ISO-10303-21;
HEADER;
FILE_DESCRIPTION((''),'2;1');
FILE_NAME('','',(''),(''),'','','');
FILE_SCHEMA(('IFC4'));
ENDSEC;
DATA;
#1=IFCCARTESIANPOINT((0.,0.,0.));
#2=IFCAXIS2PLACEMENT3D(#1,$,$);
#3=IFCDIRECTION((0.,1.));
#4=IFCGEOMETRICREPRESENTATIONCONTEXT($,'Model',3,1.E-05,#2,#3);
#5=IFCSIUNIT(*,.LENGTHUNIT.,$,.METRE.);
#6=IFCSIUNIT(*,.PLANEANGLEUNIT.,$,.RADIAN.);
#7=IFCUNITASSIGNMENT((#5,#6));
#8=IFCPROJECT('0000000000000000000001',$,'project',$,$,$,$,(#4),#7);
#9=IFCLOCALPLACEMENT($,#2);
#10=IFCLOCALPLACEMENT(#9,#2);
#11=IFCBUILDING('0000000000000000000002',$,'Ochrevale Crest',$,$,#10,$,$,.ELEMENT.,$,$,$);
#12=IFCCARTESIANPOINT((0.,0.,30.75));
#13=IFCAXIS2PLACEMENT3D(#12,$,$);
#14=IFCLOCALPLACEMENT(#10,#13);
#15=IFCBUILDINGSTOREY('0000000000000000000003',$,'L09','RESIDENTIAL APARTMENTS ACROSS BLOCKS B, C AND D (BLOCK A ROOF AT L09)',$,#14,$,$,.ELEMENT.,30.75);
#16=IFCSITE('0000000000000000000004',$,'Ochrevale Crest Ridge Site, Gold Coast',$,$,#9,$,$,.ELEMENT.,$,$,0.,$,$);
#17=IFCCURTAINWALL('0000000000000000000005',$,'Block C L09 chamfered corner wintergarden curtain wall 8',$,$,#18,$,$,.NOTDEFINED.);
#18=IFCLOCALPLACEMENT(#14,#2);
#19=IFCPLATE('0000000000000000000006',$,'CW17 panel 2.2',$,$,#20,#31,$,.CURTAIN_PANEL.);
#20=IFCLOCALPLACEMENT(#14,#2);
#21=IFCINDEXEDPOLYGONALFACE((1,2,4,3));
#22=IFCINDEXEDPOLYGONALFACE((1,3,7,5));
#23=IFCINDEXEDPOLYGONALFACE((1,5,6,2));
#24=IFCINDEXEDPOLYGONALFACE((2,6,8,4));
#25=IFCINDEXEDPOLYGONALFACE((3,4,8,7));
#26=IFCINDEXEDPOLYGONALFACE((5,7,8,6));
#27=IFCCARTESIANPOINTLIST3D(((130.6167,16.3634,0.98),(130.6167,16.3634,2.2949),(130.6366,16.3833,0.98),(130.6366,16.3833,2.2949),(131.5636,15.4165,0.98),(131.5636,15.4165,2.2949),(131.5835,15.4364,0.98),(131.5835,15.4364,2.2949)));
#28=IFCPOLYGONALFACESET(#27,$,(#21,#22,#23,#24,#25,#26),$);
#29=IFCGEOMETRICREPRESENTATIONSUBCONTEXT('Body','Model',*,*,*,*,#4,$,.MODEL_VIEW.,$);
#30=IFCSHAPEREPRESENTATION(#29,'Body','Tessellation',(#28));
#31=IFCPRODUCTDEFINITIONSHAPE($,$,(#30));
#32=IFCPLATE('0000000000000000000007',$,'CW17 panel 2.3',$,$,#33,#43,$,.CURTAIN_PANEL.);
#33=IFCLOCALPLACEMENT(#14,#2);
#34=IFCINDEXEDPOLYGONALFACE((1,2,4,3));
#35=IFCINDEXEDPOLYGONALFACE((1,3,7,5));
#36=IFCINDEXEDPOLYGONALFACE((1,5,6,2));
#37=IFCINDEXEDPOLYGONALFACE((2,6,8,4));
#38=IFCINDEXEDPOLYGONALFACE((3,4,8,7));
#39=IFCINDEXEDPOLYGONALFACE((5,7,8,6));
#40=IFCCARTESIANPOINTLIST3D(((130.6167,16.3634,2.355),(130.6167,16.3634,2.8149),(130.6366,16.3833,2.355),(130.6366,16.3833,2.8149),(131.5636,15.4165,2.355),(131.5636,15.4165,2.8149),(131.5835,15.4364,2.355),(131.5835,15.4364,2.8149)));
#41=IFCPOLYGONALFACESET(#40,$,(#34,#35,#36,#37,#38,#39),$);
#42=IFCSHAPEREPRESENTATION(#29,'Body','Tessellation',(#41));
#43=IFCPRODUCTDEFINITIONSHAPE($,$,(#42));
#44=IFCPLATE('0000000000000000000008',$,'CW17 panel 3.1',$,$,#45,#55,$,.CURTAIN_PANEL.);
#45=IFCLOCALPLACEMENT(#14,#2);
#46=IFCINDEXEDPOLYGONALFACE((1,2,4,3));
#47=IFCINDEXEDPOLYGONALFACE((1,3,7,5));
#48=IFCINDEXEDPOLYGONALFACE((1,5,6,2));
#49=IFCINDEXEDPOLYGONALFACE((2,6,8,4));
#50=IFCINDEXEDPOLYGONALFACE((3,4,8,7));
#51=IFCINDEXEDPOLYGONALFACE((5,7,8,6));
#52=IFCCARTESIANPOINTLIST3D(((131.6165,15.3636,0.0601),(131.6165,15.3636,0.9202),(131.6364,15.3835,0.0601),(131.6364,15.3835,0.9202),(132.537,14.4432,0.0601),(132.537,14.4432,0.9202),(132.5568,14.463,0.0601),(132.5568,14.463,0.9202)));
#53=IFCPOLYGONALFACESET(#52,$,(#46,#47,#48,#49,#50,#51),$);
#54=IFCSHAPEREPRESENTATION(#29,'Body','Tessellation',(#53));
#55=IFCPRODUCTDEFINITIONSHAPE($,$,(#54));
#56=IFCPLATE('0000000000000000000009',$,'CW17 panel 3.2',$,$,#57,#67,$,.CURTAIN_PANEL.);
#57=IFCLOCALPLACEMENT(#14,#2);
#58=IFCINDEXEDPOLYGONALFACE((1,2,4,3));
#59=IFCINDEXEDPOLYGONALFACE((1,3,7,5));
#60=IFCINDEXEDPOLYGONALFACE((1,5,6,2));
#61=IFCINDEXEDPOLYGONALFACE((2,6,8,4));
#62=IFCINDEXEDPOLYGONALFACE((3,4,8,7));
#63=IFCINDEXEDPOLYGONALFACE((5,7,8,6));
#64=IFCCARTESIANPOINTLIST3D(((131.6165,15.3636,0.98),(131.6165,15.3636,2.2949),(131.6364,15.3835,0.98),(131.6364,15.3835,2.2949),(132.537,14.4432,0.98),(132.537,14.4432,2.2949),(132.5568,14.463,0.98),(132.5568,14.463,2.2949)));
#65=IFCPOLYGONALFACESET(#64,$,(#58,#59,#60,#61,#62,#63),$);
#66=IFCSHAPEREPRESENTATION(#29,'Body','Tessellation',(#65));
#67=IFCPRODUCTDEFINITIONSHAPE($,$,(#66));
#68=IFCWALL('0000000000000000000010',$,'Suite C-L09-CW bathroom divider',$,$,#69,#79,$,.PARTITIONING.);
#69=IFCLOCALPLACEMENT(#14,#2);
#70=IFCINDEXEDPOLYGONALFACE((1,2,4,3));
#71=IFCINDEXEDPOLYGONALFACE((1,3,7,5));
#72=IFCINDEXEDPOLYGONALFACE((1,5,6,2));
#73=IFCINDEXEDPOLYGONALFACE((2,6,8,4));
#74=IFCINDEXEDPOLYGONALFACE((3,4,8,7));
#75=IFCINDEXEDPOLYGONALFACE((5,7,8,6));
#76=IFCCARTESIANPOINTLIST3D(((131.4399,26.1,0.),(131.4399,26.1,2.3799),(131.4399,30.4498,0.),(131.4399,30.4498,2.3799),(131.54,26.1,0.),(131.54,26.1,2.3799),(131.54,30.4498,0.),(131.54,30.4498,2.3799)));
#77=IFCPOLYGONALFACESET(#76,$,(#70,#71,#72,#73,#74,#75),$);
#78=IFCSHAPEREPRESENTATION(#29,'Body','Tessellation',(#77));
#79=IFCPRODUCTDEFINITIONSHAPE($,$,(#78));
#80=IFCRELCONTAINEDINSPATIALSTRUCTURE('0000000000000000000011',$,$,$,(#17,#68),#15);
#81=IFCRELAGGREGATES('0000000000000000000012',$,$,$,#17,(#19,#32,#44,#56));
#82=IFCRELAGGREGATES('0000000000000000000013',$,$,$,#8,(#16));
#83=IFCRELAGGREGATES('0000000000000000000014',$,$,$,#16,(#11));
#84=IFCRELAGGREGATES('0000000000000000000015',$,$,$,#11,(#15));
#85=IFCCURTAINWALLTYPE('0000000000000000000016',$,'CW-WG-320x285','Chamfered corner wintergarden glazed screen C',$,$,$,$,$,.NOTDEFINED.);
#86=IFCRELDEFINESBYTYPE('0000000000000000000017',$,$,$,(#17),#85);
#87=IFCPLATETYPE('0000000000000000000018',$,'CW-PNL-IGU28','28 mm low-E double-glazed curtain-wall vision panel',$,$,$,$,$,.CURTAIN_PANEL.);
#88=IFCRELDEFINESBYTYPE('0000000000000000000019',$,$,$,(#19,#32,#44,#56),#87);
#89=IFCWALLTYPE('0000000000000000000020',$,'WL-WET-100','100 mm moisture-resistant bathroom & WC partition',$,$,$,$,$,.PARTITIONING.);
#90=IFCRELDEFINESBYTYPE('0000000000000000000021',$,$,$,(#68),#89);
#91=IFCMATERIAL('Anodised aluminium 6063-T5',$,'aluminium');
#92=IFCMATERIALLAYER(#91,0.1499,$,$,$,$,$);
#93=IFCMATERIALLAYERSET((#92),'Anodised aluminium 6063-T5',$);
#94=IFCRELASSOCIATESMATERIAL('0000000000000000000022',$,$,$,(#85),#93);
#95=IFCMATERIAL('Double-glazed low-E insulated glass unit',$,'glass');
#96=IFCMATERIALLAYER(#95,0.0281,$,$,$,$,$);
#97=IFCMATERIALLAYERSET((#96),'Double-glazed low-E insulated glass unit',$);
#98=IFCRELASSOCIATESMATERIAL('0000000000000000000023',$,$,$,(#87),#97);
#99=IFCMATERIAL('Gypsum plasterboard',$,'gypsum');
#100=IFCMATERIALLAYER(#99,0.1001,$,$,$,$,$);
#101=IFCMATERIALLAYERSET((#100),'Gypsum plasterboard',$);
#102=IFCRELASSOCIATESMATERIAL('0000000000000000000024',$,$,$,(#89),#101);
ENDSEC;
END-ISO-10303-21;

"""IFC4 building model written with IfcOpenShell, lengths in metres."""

from ifc_helpers import new_model, si_unit, direction, frame, frame_2d, origin, origin_2d, place, context, subcontext, project, spatial, rectangle, extrude, material, layer, layer_set, type_object, element, aggregate, save


model = new_model("IFC4")

# Units and contexts
model_context = context("Model", 3, precision=1e-05, world=origin(), true_north=direction((0.0, 1.0)))
body_context = subcontext(model_context, "Body", "Model", "MODEL_VIEW")
ifc_project = project(units=[si_unit("LENGTHUNIT", "METRE"), si_unit("PLANEANGLEUNIT", "RADIAN")], contexts=[model_context])

# Site, building, storey
site_placement = place(None, origin())
site = spatial("IfcSite", under=ifc_project, at=site_placement, Name="Ochrevale Crest Ridge Site, Gold Coast", CompositionType="ELEMENT", RefElevation=0.0)
building_placement = place(site_placement, origin())
building = spatial("IfcBuilding", under=site, at=building_placement, Name="Ochrevale Crest", CompositionType="ELEMENT")
storey_placement = place(building_placement, frame((0.0, 0.0, 30.75)))
storey = spatial("IfcBuildingStorey", under=building, at=storey_placement, Name="L09", Description="RESIDENTIAL APARTMENTS ACROSS BLOCKS B, C AND D (BLOCK A ROOF AT L09)", CompositionType="ELEMENT", Elevation=30.75)

# Curtain wall
ifc_material_1 = material(Name="Anodised aluminium 6063-T5", Category="aluminium")
ifc_layer_1 = layer(ifc_material_1, 0.1499)
ifc_layer_set_1 = layer_set([ifc_layer_1], Name="Anodised aluminium 6063-T5")
curtain_wall_type_1 = type_object("IfcCurtainWallType", Name="CW-WG-320x285", Description="Chamfered corner wintergarden glazed screen C", PredefinedType="NOTDEFINED", material=ifc_layer_set_1)
curtain_wall_1_placement = place(storey_placement, origin())
curtain_wall_1 = element("IfcCurtainWall", 1, at=curtain_wall_1_placement, inside=storey, type_object=curtain_wall_type_1, Name="Block C L09 chamfered corner wintergarden curtain wall 8", PredefinedType="NOTDEFINED")

# Plates
ifc_material_2 = material(Name="Double-glazed low-E insulated glass unit", Category="glass")
ifc_layer_2 = layer(ifc_material_2, 0.0281)
ifc_layer_set_2 = layer_set([ifc_layer_2], Name="Double-glazed low-E insulated glass unit")
plate_type = type_object("IfcPlateType", Name="CW-PNL-IGU28", Description="28 mm low-E double-glazed curtain-wall vision panel", PredefinedType="CURTAIN_PANEL", material=ifc_layer_set_2)
plate_1_placement = place(storey_placement, frame((131.1001, 15.8999, 0.98), z_axis=(0.0, 0.0, 1.0), x_axis=(0.707107, -0.707107, 0.0)))
plate_1 = element("IfcPlate", 2, at=plate_1_placement, type_object=plate_type, Name="CW17 panel 2.2", PredefinedType="CURTAIN_PANEL", context=body_context, shape_type="SweptSolid", body=[
    extrude(rectangle(XDim=1.3391, YDim=0.0281, at=origin_2d()), origin(), (0.0, 0.0, 1.0), 1.3149),
])
plate_2_placement = place(storey_placement, frame((131.1001, 15.8999, 2.355), z_axis=(0.0, 0.0, 1.0), x_axis=(0.707107, -0.707107, 0.0)))
plate_2 = element("IfcPlate", 3, at=plate_2_placement, type_object=plate_type, Name="CW17 panel 2.3", PredefinedType="CURTAIN_PANEL", context=body_context, shape_type="SweptSolid", body=[
    extrude(rectangle(XDim=1.3391, YDim=0.0281, at=origin_2d()), origin(), (0.0, 0.0, 1.0), 0.46),
])
plate_3_placement = place(storey_placement, frame((132.0867, 14.9133, 0.0601), z_axis=(0.0, 0.0, 1.0), x_axis=(0.707107, -0.707107, 0.0)))
plate_3 = element("IfcPlate", 4, at=plate_3_placement, type_object=plate_type, Name="CW17 panel 3.1", PredefinedType="CURTAIN_PANEL", context=body_context, shape_type="SweptSolid", body=[
    extrude(rectangle(XDim=1.3018, YDim=0.0281, at=origin_2d()), origin(), (0.0, 0.0, 1.0), 0.8601),
])
plate_4_placement = place(storey_placement, frame((132.0867, 14.9133, 0.98), z_axis=(0.0, 0.0, 1.0), x_axis=(0.707107, -0.707107, 0.0)))
plate_4 = element("IfcPlate", 5, at=plate_4_placement, type_object=plate_type, Name="CW17 panel 3.2", PredefinedType="CURTAIN_PANEL", context=body_context, shape_type="SweptSolid", body=[
    extrude(rectangle(XDim=1.3018, YDim=0.0281, at=origin_2d()), origin(), (0.0, 0.0, 1.0), 1.3149),
])
aggregate(curtain_wall_1, [plate_1, plate_2, plate_3, plate_4])

# Wall
ifc_material_3 = material(Name="Gypsum plasterboard", Category="gypsum")
ifc_layer_3 = layer(ifc_material_3, 0.1001)
ifc_layer_set_3 = layer_set([ifc_layer_3], Name="Gypsum plasterboard")
wall_type = type_object("IfcWallType", Name="WL-WET-100", Description="100 mm moisture-resistant bathroom & WC partition", PredefinedType="PARTITIONING", material=ifc_layer_set_3)
wall_placement = place(storey_placement, frame((131.49, 26.1001, 0.0), z_axis=(0.0, 0.0, 1.0), x_axis=(0.0, 1.0, 0.0)))
element("IfcWall", 6, at=wall_placement, inside=storey, type_object=wall_type, Name="Suite C-L09-CW bathroom divider", PredefinedType="PARTITIONING", context=body_context, shape_type="SweptSolid", body=[
    extrude(rectangle(XDim=4.3499, YDim=0.1001, at=frame_2d((2.1748, 0.0))), origin(), (0.0, 0.0, 1.0), 2.3799),
])

save(model, "model.ifc")
